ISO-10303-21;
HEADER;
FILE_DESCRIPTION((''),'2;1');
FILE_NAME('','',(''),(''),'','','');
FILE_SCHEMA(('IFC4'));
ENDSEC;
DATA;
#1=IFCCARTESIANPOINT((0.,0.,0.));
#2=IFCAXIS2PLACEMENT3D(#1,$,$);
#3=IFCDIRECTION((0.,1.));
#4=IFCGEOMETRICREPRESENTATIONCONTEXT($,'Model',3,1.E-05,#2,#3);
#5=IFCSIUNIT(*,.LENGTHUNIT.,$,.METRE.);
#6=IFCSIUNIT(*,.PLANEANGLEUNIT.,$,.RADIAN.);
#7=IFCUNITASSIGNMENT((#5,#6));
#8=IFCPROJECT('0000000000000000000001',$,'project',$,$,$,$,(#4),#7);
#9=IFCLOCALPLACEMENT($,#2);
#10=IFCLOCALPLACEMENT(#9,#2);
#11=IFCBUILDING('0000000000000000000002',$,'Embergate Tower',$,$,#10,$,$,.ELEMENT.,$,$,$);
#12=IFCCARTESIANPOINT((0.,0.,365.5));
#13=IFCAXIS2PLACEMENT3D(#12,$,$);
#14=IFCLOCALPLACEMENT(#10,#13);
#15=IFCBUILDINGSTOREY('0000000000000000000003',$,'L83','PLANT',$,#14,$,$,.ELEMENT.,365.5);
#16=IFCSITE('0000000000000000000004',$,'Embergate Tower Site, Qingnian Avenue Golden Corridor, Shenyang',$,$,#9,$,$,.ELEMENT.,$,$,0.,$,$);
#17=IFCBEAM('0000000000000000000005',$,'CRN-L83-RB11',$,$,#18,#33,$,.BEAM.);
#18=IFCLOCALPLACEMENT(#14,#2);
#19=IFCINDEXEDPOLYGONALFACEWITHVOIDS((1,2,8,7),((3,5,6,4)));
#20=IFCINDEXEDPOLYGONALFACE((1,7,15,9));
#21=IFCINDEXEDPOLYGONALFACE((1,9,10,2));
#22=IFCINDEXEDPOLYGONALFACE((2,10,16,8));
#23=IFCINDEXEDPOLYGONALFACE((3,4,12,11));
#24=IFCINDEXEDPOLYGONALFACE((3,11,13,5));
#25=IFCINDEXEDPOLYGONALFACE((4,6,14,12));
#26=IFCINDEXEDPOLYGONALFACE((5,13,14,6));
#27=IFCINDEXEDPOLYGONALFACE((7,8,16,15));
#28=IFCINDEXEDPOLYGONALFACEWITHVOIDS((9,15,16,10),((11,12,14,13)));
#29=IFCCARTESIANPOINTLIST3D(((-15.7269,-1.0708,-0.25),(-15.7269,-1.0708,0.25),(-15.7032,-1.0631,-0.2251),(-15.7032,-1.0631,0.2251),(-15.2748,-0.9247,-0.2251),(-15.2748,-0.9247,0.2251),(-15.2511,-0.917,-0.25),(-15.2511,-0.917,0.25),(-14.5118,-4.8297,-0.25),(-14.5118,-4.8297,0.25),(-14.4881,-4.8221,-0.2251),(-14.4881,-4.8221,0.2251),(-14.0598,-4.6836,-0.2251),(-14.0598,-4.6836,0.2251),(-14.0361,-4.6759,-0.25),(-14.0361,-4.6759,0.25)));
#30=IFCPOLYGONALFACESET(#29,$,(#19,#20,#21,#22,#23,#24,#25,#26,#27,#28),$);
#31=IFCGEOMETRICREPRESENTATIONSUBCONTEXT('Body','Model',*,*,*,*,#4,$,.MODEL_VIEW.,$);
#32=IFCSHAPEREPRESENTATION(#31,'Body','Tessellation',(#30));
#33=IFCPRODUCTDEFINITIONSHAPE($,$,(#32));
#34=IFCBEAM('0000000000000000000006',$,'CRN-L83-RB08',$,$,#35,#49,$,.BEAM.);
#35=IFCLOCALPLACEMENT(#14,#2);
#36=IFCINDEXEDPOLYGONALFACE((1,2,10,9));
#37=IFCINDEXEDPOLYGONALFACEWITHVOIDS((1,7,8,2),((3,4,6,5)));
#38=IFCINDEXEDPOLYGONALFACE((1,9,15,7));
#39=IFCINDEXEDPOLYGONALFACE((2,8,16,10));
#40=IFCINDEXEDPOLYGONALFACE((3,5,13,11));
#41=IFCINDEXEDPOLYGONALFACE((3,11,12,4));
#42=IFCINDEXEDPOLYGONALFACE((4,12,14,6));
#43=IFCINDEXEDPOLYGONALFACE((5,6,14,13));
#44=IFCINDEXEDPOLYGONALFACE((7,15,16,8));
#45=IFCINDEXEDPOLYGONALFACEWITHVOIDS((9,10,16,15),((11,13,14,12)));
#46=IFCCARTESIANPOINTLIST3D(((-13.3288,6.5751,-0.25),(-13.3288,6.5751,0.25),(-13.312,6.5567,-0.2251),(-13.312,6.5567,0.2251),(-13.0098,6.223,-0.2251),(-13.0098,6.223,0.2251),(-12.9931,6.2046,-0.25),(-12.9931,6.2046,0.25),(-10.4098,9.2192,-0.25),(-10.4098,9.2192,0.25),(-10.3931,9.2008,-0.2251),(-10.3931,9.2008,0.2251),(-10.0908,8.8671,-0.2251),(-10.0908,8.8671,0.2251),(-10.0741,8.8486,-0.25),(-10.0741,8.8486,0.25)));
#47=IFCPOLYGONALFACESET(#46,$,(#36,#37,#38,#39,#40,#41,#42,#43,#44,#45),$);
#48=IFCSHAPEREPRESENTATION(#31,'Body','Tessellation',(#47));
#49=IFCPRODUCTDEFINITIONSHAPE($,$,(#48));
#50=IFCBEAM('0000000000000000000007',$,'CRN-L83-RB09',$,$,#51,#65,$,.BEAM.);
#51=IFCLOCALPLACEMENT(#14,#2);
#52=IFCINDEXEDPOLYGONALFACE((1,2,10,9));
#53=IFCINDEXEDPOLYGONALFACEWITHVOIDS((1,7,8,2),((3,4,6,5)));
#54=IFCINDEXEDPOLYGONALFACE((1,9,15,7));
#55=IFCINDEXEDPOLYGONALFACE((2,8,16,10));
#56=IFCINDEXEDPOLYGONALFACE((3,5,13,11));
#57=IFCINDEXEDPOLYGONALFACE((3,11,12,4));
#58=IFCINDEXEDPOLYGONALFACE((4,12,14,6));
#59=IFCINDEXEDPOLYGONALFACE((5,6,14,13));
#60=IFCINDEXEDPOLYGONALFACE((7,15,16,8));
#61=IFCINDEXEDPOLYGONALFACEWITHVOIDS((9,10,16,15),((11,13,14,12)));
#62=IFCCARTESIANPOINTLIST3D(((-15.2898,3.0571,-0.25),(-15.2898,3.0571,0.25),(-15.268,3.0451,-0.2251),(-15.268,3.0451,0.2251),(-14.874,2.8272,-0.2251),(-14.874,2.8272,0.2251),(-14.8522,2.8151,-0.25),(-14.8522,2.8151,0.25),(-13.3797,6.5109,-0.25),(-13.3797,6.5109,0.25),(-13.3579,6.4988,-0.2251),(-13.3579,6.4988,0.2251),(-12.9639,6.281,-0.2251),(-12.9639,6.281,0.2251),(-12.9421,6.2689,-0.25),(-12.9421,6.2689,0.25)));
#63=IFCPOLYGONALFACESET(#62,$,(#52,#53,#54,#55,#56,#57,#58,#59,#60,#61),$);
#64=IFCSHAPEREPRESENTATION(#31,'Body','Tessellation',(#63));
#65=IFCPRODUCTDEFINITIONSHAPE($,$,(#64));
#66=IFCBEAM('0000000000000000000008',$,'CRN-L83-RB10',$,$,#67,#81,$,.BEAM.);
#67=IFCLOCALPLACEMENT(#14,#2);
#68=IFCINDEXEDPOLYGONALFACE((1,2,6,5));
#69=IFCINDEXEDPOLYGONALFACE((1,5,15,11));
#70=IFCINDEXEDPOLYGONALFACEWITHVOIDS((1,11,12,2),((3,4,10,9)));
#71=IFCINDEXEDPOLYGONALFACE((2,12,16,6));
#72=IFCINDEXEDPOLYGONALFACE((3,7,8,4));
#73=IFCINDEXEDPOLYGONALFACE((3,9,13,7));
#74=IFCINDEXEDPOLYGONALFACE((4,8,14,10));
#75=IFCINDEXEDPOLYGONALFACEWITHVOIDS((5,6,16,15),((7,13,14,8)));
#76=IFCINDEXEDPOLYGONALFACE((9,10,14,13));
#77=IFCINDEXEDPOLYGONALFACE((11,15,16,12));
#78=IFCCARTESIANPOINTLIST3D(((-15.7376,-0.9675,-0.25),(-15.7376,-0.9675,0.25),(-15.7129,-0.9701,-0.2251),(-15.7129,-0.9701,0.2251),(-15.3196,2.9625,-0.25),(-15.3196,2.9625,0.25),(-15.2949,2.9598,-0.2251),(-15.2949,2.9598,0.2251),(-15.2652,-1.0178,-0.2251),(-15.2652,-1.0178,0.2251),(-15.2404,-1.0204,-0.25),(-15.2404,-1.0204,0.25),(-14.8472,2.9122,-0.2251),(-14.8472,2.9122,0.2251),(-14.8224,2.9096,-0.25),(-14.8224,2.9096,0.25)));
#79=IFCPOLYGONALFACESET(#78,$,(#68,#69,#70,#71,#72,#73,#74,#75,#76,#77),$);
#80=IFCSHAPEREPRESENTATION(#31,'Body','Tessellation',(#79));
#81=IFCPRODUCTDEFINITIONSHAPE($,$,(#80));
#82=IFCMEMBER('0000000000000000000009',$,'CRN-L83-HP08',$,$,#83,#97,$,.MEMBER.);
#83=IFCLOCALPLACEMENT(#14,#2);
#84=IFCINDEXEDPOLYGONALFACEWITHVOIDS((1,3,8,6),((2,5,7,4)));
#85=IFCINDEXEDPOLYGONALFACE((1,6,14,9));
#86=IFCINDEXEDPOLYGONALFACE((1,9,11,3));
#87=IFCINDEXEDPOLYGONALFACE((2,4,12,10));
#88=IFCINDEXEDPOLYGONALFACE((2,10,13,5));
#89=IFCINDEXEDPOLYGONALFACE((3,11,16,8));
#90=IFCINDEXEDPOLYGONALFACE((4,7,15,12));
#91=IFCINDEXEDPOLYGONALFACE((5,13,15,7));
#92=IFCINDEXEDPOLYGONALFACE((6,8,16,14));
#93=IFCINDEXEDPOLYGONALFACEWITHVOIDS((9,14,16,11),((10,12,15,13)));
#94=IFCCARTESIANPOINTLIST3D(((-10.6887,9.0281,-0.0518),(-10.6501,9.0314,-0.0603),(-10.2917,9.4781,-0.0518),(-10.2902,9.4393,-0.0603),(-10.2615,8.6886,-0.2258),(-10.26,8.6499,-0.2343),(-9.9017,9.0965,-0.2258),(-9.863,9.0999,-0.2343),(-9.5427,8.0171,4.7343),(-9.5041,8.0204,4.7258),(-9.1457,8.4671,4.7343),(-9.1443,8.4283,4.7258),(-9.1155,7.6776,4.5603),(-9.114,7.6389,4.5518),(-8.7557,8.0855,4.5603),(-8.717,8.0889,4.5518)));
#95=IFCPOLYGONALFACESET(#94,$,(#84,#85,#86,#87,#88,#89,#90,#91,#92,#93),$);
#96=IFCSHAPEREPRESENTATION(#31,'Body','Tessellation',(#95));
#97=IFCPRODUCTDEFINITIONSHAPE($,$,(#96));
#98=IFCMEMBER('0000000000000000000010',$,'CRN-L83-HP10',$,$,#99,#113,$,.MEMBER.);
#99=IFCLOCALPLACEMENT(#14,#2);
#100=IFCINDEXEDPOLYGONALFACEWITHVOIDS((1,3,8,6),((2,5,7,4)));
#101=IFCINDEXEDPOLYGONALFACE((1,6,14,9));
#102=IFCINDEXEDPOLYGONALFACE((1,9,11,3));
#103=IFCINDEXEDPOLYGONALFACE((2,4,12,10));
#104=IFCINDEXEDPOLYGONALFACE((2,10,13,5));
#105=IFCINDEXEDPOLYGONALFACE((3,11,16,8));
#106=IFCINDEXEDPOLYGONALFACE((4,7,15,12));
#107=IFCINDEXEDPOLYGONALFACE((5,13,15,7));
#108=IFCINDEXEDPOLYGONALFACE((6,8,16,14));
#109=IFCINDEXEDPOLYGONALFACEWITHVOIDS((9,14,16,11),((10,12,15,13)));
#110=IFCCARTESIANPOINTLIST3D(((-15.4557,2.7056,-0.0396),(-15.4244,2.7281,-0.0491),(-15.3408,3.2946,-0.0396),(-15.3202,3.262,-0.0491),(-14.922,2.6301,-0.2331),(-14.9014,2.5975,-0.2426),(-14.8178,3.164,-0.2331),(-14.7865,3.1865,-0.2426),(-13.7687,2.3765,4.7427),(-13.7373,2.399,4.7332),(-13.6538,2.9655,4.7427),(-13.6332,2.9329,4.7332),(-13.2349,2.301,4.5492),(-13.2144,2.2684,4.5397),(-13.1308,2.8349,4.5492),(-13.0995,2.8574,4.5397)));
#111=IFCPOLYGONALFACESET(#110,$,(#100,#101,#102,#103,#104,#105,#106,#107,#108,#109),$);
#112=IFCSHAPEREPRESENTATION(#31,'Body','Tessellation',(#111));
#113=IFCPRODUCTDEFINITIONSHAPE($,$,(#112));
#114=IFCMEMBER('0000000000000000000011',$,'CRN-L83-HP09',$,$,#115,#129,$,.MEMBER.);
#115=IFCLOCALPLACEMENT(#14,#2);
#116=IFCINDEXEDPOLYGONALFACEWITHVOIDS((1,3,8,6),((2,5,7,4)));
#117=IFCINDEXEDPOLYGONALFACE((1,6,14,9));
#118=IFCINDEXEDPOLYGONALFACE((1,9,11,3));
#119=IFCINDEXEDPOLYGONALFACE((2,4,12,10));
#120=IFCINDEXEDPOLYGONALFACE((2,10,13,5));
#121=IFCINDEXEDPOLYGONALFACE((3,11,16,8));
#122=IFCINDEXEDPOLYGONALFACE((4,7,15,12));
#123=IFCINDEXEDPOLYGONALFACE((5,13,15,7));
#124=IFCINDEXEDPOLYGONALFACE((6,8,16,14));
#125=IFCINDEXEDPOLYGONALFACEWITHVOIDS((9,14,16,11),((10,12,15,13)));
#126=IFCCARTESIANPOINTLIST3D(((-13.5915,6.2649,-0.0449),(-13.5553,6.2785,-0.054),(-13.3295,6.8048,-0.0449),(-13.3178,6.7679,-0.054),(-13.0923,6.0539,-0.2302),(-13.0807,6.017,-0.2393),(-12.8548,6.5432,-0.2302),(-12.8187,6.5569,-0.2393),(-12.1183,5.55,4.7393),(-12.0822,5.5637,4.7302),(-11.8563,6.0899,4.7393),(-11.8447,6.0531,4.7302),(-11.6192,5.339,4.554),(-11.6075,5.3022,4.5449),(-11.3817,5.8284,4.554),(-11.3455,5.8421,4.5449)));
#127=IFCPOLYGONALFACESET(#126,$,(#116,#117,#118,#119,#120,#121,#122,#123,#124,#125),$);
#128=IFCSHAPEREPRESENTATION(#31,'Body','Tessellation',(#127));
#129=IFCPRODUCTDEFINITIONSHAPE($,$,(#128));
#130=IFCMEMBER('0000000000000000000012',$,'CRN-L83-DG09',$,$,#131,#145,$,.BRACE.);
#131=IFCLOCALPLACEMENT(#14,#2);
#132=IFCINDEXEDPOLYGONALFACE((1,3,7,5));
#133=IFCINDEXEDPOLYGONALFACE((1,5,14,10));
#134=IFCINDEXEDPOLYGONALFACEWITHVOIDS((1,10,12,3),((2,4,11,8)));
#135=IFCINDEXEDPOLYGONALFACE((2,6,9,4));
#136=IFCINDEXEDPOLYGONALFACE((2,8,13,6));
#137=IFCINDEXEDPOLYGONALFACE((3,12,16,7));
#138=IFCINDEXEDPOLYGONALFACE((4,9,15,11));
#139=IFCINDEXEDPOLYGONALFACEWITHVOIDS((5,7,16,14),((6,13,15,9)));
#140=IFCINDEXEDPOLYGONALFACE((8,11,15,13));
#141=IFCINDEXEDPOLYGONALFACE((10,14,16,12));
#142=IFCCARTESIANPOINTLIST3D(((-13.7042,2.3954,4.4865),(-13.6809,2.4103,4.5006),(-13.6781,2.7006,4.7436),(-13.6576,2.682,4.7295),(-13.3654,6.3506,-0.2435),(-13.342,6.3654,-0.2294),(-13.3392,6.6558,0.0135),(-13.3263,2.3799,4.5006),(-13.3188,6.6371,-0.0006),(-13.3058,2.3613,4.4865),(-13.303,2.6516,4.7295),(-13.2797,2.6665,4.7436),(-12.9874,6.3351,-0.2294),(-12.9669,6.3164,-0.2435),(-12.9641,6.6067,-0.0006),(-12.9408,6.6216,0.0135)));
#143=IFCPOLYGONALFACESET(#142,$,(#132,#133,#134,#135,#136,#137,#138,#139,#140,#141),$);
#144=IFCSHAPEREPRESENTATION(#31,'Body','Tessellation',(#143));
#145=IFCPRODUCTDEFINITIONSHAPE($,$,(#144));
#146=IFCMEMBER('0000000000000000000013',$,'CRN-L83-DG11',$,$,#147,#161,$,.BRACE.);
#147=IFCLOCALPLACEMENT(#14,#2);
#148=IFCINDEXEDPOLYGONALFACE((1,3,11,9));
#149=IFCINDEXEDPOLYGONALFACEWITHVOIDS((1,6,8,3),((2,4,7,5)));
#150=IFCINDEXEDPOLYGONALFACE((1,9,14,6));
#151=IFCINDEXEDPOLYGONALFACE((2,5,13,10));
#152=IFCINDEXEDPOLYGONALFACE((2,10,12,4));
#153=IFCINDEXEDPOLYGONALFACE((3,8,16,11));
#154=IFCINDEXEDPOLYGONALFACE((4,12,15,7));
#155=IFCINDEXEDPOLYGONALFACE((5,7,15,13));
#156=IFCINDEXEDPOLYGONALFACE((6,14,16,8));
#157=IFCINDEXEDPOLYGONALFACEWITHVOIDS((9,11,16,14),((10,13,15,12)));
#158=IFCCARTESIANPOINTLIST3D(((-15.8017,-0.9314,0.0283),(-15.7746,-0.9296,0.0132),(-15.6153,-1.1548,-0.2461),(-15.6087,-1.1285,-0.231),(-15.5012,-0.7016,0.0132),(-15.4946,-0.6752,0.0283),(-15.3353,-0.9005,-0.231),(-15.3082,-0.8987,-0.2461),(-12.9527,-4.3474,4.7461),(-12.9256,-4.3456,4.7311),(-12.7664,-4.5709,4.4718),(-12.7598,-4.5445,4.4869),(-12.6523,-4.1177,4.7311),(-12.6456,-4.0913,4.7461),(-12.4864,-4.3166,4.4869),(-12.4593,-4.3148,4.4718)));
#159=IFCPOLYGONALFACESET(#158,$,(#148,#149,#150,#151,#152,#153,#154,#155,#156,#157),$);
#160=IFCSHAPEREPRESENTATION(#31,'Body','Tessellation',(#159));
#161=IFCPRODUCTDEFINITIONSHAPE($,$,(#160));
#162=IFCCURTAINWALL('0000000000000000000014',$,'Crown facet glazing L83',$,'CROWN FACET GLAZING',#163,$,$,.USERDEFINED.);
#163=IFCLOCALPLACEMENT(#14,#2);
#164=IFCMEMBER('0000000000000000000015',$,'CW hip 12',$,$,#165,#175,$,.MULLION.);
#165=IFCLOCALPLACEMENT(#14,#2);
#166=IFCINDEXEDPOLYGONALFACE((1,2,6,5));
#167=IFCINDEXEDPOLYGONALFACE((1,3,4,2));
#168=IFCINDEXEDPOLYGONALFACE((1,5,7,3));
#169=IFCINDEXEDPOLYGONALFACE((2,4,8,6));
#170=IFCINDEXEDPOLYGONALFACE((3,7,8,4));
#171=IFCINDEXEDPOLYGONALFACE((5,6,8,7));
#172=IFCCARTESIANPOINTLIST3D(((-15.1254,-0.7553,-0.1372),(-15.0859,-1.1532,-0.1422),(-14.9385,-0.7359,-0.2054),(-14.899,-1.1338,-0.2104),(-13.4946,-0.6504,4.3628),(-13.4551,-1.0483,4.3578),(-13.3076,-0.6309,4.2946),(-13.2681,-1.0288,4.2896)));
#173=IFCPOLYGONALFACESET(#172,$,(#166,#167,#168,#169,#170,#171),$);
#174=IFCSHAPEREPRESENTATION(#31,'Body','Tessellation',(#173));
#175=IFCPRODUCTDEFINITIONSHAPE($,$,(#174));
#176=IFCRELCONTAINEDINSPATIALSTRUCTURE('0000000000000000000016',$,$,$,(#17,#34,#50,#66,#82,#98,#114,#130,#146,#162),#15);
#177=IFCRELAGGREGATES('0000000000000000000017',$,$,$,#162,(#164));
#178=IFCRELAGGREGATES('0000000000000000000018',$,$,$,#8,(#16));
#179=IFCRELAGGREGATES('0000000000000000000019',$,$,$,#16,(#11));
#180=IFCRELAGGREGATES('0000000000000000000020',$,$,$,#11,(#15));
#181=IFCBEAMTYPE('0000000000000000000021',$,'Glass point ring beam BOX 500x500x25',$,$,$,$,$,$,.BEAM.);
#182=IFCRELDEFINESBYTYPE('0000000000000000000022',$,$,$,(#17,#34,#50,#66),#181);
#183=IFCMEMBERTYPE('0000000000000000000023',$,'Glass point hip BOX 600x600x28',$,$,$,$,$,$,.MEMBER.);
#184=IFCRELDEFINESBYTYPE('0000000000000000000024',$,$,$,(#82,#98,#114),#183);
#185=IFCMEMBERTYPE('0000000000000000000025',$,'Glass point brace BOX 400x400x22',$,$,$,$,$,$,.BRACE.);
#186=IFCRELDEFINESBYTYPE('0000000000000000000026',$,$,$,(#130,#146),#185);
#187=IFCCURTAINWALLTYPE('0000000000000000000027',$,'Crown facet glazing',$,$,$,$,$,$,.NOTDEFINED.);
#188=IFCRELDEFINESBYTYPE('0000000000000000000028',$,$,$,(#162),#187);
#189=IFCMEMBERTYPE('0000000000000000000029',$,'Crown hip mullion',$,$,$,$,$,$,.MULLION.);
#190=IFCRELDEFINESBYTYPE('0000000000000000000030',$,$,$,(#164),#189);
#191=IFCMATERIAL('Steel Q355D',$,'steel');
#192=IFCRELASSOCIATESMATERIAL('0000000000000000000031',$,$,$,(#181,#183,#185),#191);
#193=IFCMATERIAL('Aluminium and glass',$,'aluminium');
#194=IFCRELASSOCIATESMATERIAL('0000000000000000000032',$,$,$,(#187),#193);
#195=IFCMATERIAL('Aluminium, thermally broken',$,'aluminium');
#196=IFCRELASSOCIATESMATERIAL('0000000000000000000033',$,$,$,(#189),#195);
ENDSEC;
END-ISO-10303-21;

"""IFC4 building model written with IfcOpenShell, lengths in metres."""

from ifc_helpers import new_model, si_unit, direction, frame, origin, origin_2d, place, context, subcontext, project, spatial, rectangle, hollow_rectangle, extrude, source, transform, mapped, material, material_profile, profile_set, type_object, element, aggregate, save


model = new_model("IFC4")

# Units and contexts
model_context = context("Model", 3, precision=1e-05, world=origin(), true_north=direction((0.0, 1.0)))
body_context = subcontext(model_context, "Body", "Model", "MODEL_VIEW")
ifc_project = project(units=[si_unit("LENGTHUNIT", "METRE"), si_unit("PLANEANGLEUNIT", "RADIAN")], contexts=[model_context])

# Site, building, storey
site_placement = place(None, origin())
site = spatial("IfcSite", under=ifc_project, at=site_placement, Name="Embergate Tower Site, Qingnian Avenue Golden Corridor, Shenyang", CompositionType="ELEMENT", RefElevation=0.0)
building_placement = place(site_placement, origin())
building = spatial("IfcBuilding", under=site, at=building_placement, Name="Embergate Tower", CompositionType="ELEMENT")
storey_placement = place(building_placement, frame((0.0, 0.0, 365.5)))
storey = spatial("IfcBuildingStorey", under=building, at=storey_placement, Name="L83", Description="PLANT", CompositionType="ELEMENT", Elevation=365.5)

# Beams
ifc_material_1 = material(Name="Steel Q355D", Category="steel")
ifc_material_profile_1 = material_profile(ifc_material_1, hollow_rectangle(XDim=0.5, YDim=0.5, WallThickness=0.0249, at=origin_2d()), Name="BOX 500x500x25")
ifc_profile_set_1 = profile_set([ifc_material_profile_1], Name="Steel Q355 grade D")
beam_type = type_object("IfcBeamType", Name="Glass point ring beam BOX 500x500x25", PredefinedType="BEAM", material=ifc_profile_set_1)
shared_shape_1 = source(origin(), body_context, "Body", "SweptSolid", [
    extrude(hollow_rectangle(XDim=0.5, YDim=0.5, WallThickness=0.0249, at=origin_2d()), origin(), (0.0, 0.0, 1.0), 3.9504),
])
beam_1_placement = place(storey_placement, frame((-15.489, -0.9939, 0.0), z_axis=(0.307575, -0.951524, 0.0), x_axis=(0.951524, 0.307575, 0.0)))
element("IfcBeam", 1, at=beam_1_placement, inside=storey, type_object=beam_type, Name="CRN-L83-RB11", PredefinedType="BEAM", context=body_context, shape_type="MappedRepresentation", body=[
    mapped(shared_shape_1, transform((0.0, 0.0, 0.0))),
])
shared_shape_2 = source(origin(), body_context, "Body", "SweptSolid", [
    extrude(hollow_rectangle(XDim=0.5, YDim=0.5, WallThickness=0.0249, at=origin_2d()), origin(), (0.0, 0.0, 1.0), 3.9385),
])
beam_2_placement = place(storey_placement, frame((-10.2419, 9.0339, 0.0), z_axis=(-0.741145, -0.671345, 0.0), x_axis=(0.671345, -0.741145, 0.0)))
element("IfcBeam", 2, at=beam_2_placement, inside=storey, type_object=beam_type, Name="CRN-L83-RB08", PredefinedType="BEAM", context=body_context, shape_type="MappedRepresentation", body=[
    mapped(shared_shape_2, transform((0.0, 0.0, 0.0))),
])
shared_shape_3 = source(origin(), body_context, "Body", "SweptSolid", [
    extrude(hollow_rectangle(XDim=0.5, YDim=0.5, WallThickness=0.0249, at=origin_2d()), origin(), (0.0, 0.0, 1.0), 3.9468),
])
beam_3_placement = place(storey_placement, frame((-13.1609, 6.3899, 0.0), z_axis=(-0.483967, -0.875086, 0.0), x_axis=(0.875086, -0.483967, 0.0)))
element("IfcBeam", 3, at=beam_3_placement, inside=storey, type_object=beam_type, Name="CRN-L83-RB09", PredefinedType="BEAM", context=body_context, shape_type="MappedRepresentation", body=[
    mapped(shared_shape_3, transform((0.0, 0.0, 0.0))),
])
shared_shape_4 = source(origin(), body_context, "Body", "SweptSolid", [
    extrude(hollow_rectangle(XDim=0.5, YDim=0.5, WallThickness=0.0249, at=origin_2d()), origin(), (0.0, 0.0, 1.0), 3.9521),
])
beam_4_placement = place(storey_placement, frame((-15.071, 2.936, 0.0), z_axis=(-0.105759, -0.994392, 0.0), x_axis=(0.994392, -0.105759, 0.0)))
element("IfcBeam", 4, at=beam_4_placement, inside=storey, type_object=beam_type, Name="CRN-L83-RB10", PredefinedType="BEAM", context=body_context, shape_type="MappedRepresentation", body=[
    mapped(shared_shape_4, transform((0.0, 0.0, 0.0))),
])

# Members
ifc_material_profile_2 = material_profile(ifc_material_1, hollow_rectangle(XDim=0.6001, YDim=0.6001, WallThickness=0.0281, at=origin_2d()), Name="BOX 600x600x28")
ifc_profile_set_2 = profile_set([ifc_material_profile_2], Name="Steel Q355 grade D")
member_type_1 = type_object("IfcMemberType", Name="Glass point hip BOX 600x600x28", PredefinedType="MEMBER", material=ifc_profile_set_2)
shared_shape_5 = source(origin(), body_context, "Body", "SweptSolid", [
    extrude(hollow_rectangle(XDim=0.6001, YDim=0.6001, WallThickness=0.0281, at=origin_2d()), origin(), (0.0, 0.0, 1.0), 5.0242),
])
member_1_placement = place(storey_placement, frame((-10.2759, 9.064, -0.1431), z_axis=(0.228096, -0.201224, 0.952618), x_axis=(0.661553, 0.749898, 0.0)))
element("IfcMember", 5, at=member_1_placement, inside=storey, type_object=member_type_1, Name="CRN-L83-HP08", PredefinedType="MEMBER", context=body_context, shape_type="MappedRepresentation", body=[
    mapped(shared_shape_5, transform((0.0, 0.0, 0.0))),
])
shared_shape_6 = source(origin(), body_context, "Body", "SweptSolid", [
    extrude(hollow_rectangle(XDim=0.6001, YDim=0.6001, WallThickness=0.0281, at=origin_2d()), origin(), (0.0, 0.0, 1.0), 5.0818),
])
member_2_placement = place(storey_placement, frame((-15.1211, 2.946, -0.1411), z_axis=(0.331976, -0.064762, 0.941062), x_axis=(0.19147, 0.981498, 0.0)))
element("IfcMember", 6, at=member_2_placement, inside=storey, type_object=member_type_1, Name="CRN-L83-HP10", PredefinedType="MEMBER", context=body_context, shape_type="MappedRepresentation", body=[
    mapped(shared_shape_6, transform((0.0, 0.0, 0.0))),
])
shared_shape_7 = source(origin(), body_context, "Body", "SweptSolid", [
    extrude(hollow_rectangle(XDim=0.6001, YDim=0.6001, WallThickness=0.0281, at=origin_2d()), origin(), (0.0, 0.0, 1.0), 5.0566),
])
member_3_placement = place(storey_placement, frame((-13.2051, 6.4109, -0.1421), z_axis=(0.291329, -0.141368, 0.94612), x_axis=(0.436566, 0.899672, 0.0)))
element("IfcMember", 7, at=member_3_placement, inside=storey, type_object=member_type_1, Name="CRN-L83-HP09", PredefinedType="MEMBER", context=body_context, shape_type="MappedRepresentation", body=[
    mapped(shared_shape_7, transform((0.0, 0.0, 0.0))),
])
ifc_material_profile_3 = material_profile(ifc_material_1, hollow_rectangle(XDim=0.3999, YDim=0.3999, WallThickness=0.022, at=origin_2d()), Name="BOX 400x400x22")
ifc_profile_set_3 = profile_set([ifc_material_profile_3], Name="Steel Q355 grade D")
member_type_2 = type_object("IfcMemberType", Name="Glass point brace BOX 400x400x22", PredefinedType="BRACE", material=ifc_profile_set_3)
shared_shape_8 = source(origin(), body_context, "Body", "SweptSolid", [
    extrude(hollow_rectangle(XDim=0.3999, YDim=0.3999, WallThickness=0.022, at=origin_2d()), origin(), (0.0, 0.0, 1.0), 6.175),
])
member_4_placement = place(storey_placement, frame((-13.1531, 6.4861, -0.115), z_axis=(-0.054878, -0.640502, 0.765993), x_axis=(0.99635, -0.085366, 0.0)))
element("IfcMember", 8, at=member_4_placement, inside=storey, type_object=member_type_2, Name="CRN-L83-DG09", PredefinedType="BRACE", context=body_context, shape_type="MappedRepresentation", body=[
    mapped(shared_shape_8, transform((0.0, 0.0, 0.0))),
])
shared_shape_9 = source(origin(), body_context, "Body", "SweptSolid", [
    extrude(hollow_rectangle(XDim=0.3999, YDim=0.3999, WallThickness=0.022, at=origin_2d()), origin(), (0.0, 0.0, 1.0), 6.4841),
])
member_5_placement = place(storey_placement, frame((-15.5549, -0.915, -0.1089), z_axis=(0.439368, -0.526835, 0.727599), x_axis=(0.767978, 0.640476, 0.0)))
element("IfcMember", 9, at=member_5_placement, inside=storey, type_object=member_type_2, Name="CRN-L83-DG11", PredefinedType="BRACE", context=body_context, shape_type="MappedRepresentation", body=[
    mapped(shared_shape_9, transform((0.0, 0.0, 0.0))),
])

# Curtain wall, member
ifc_material_2 = material(Name="Aluminium and glass", Category="aluminium")
curtain_wall_type = type_object("IfcCurtainWallType", Name="Crown facet glazing", PredefinedType="NOTDEFINED", material=ifc_material_2)
curtain_wall_placement = place(storey_placement, origin())
curtain_wall = element("IfcCurtainWall", 10, at=curtain_wall_placement, inside=storey, type_object=curtain_wall_type, Name="Crown facet glazing L83", ObjectType="CROWN FACET GLAZING", PredefinedType="USERDEFINED")
ifc_material_3 = material(Name="Aluminium, thermally broken", Category="aluminium")
ifc_material_profile_4 = material_profile(ifc_material_3, rectangle(XDim=0.2, YDim=0.3999, at=origin_2d()), Name="AL 400x200")
ifc_profile_set_4 = profile_set([ifc_material_profile_4], Name="Aluminium, thermally broken")
member_type_3 = type_object("IfcMemberType", Name="Crown hip mullion", PredefinedType="MULLION", material=ifc_profile_set_4)
shared_shape_10 = source(origin(), body_context, "Body", "SweptSolid", [
    extrude(rectangle(XDim=0.2, YDim=0.3999, at=origin_2d()), origin(), (0.0, 0.0, 1.0), 4.7876),
])
member_6_placement = place(storey_placement, frame((-15.0122, -0.9446, -0.1738), z_axis=(0.340645, 0.021928, 0.939936), x_axis=(-0.934988, -0.097138, 0.341118)))
member_6 = element("IfcMember", 11, at=member_6_placement, type_object=member_type_3, Name="CW hip 12", PredefinedType="MULLION", context=body_context, shape_type="MappedRepresentation", body=[
    mapped(shared_shape_10, transform((0.0, 0.0, 0.0))),
])
aggregate(curtain_wall, [member_6])

save(model, "model.ifc")
